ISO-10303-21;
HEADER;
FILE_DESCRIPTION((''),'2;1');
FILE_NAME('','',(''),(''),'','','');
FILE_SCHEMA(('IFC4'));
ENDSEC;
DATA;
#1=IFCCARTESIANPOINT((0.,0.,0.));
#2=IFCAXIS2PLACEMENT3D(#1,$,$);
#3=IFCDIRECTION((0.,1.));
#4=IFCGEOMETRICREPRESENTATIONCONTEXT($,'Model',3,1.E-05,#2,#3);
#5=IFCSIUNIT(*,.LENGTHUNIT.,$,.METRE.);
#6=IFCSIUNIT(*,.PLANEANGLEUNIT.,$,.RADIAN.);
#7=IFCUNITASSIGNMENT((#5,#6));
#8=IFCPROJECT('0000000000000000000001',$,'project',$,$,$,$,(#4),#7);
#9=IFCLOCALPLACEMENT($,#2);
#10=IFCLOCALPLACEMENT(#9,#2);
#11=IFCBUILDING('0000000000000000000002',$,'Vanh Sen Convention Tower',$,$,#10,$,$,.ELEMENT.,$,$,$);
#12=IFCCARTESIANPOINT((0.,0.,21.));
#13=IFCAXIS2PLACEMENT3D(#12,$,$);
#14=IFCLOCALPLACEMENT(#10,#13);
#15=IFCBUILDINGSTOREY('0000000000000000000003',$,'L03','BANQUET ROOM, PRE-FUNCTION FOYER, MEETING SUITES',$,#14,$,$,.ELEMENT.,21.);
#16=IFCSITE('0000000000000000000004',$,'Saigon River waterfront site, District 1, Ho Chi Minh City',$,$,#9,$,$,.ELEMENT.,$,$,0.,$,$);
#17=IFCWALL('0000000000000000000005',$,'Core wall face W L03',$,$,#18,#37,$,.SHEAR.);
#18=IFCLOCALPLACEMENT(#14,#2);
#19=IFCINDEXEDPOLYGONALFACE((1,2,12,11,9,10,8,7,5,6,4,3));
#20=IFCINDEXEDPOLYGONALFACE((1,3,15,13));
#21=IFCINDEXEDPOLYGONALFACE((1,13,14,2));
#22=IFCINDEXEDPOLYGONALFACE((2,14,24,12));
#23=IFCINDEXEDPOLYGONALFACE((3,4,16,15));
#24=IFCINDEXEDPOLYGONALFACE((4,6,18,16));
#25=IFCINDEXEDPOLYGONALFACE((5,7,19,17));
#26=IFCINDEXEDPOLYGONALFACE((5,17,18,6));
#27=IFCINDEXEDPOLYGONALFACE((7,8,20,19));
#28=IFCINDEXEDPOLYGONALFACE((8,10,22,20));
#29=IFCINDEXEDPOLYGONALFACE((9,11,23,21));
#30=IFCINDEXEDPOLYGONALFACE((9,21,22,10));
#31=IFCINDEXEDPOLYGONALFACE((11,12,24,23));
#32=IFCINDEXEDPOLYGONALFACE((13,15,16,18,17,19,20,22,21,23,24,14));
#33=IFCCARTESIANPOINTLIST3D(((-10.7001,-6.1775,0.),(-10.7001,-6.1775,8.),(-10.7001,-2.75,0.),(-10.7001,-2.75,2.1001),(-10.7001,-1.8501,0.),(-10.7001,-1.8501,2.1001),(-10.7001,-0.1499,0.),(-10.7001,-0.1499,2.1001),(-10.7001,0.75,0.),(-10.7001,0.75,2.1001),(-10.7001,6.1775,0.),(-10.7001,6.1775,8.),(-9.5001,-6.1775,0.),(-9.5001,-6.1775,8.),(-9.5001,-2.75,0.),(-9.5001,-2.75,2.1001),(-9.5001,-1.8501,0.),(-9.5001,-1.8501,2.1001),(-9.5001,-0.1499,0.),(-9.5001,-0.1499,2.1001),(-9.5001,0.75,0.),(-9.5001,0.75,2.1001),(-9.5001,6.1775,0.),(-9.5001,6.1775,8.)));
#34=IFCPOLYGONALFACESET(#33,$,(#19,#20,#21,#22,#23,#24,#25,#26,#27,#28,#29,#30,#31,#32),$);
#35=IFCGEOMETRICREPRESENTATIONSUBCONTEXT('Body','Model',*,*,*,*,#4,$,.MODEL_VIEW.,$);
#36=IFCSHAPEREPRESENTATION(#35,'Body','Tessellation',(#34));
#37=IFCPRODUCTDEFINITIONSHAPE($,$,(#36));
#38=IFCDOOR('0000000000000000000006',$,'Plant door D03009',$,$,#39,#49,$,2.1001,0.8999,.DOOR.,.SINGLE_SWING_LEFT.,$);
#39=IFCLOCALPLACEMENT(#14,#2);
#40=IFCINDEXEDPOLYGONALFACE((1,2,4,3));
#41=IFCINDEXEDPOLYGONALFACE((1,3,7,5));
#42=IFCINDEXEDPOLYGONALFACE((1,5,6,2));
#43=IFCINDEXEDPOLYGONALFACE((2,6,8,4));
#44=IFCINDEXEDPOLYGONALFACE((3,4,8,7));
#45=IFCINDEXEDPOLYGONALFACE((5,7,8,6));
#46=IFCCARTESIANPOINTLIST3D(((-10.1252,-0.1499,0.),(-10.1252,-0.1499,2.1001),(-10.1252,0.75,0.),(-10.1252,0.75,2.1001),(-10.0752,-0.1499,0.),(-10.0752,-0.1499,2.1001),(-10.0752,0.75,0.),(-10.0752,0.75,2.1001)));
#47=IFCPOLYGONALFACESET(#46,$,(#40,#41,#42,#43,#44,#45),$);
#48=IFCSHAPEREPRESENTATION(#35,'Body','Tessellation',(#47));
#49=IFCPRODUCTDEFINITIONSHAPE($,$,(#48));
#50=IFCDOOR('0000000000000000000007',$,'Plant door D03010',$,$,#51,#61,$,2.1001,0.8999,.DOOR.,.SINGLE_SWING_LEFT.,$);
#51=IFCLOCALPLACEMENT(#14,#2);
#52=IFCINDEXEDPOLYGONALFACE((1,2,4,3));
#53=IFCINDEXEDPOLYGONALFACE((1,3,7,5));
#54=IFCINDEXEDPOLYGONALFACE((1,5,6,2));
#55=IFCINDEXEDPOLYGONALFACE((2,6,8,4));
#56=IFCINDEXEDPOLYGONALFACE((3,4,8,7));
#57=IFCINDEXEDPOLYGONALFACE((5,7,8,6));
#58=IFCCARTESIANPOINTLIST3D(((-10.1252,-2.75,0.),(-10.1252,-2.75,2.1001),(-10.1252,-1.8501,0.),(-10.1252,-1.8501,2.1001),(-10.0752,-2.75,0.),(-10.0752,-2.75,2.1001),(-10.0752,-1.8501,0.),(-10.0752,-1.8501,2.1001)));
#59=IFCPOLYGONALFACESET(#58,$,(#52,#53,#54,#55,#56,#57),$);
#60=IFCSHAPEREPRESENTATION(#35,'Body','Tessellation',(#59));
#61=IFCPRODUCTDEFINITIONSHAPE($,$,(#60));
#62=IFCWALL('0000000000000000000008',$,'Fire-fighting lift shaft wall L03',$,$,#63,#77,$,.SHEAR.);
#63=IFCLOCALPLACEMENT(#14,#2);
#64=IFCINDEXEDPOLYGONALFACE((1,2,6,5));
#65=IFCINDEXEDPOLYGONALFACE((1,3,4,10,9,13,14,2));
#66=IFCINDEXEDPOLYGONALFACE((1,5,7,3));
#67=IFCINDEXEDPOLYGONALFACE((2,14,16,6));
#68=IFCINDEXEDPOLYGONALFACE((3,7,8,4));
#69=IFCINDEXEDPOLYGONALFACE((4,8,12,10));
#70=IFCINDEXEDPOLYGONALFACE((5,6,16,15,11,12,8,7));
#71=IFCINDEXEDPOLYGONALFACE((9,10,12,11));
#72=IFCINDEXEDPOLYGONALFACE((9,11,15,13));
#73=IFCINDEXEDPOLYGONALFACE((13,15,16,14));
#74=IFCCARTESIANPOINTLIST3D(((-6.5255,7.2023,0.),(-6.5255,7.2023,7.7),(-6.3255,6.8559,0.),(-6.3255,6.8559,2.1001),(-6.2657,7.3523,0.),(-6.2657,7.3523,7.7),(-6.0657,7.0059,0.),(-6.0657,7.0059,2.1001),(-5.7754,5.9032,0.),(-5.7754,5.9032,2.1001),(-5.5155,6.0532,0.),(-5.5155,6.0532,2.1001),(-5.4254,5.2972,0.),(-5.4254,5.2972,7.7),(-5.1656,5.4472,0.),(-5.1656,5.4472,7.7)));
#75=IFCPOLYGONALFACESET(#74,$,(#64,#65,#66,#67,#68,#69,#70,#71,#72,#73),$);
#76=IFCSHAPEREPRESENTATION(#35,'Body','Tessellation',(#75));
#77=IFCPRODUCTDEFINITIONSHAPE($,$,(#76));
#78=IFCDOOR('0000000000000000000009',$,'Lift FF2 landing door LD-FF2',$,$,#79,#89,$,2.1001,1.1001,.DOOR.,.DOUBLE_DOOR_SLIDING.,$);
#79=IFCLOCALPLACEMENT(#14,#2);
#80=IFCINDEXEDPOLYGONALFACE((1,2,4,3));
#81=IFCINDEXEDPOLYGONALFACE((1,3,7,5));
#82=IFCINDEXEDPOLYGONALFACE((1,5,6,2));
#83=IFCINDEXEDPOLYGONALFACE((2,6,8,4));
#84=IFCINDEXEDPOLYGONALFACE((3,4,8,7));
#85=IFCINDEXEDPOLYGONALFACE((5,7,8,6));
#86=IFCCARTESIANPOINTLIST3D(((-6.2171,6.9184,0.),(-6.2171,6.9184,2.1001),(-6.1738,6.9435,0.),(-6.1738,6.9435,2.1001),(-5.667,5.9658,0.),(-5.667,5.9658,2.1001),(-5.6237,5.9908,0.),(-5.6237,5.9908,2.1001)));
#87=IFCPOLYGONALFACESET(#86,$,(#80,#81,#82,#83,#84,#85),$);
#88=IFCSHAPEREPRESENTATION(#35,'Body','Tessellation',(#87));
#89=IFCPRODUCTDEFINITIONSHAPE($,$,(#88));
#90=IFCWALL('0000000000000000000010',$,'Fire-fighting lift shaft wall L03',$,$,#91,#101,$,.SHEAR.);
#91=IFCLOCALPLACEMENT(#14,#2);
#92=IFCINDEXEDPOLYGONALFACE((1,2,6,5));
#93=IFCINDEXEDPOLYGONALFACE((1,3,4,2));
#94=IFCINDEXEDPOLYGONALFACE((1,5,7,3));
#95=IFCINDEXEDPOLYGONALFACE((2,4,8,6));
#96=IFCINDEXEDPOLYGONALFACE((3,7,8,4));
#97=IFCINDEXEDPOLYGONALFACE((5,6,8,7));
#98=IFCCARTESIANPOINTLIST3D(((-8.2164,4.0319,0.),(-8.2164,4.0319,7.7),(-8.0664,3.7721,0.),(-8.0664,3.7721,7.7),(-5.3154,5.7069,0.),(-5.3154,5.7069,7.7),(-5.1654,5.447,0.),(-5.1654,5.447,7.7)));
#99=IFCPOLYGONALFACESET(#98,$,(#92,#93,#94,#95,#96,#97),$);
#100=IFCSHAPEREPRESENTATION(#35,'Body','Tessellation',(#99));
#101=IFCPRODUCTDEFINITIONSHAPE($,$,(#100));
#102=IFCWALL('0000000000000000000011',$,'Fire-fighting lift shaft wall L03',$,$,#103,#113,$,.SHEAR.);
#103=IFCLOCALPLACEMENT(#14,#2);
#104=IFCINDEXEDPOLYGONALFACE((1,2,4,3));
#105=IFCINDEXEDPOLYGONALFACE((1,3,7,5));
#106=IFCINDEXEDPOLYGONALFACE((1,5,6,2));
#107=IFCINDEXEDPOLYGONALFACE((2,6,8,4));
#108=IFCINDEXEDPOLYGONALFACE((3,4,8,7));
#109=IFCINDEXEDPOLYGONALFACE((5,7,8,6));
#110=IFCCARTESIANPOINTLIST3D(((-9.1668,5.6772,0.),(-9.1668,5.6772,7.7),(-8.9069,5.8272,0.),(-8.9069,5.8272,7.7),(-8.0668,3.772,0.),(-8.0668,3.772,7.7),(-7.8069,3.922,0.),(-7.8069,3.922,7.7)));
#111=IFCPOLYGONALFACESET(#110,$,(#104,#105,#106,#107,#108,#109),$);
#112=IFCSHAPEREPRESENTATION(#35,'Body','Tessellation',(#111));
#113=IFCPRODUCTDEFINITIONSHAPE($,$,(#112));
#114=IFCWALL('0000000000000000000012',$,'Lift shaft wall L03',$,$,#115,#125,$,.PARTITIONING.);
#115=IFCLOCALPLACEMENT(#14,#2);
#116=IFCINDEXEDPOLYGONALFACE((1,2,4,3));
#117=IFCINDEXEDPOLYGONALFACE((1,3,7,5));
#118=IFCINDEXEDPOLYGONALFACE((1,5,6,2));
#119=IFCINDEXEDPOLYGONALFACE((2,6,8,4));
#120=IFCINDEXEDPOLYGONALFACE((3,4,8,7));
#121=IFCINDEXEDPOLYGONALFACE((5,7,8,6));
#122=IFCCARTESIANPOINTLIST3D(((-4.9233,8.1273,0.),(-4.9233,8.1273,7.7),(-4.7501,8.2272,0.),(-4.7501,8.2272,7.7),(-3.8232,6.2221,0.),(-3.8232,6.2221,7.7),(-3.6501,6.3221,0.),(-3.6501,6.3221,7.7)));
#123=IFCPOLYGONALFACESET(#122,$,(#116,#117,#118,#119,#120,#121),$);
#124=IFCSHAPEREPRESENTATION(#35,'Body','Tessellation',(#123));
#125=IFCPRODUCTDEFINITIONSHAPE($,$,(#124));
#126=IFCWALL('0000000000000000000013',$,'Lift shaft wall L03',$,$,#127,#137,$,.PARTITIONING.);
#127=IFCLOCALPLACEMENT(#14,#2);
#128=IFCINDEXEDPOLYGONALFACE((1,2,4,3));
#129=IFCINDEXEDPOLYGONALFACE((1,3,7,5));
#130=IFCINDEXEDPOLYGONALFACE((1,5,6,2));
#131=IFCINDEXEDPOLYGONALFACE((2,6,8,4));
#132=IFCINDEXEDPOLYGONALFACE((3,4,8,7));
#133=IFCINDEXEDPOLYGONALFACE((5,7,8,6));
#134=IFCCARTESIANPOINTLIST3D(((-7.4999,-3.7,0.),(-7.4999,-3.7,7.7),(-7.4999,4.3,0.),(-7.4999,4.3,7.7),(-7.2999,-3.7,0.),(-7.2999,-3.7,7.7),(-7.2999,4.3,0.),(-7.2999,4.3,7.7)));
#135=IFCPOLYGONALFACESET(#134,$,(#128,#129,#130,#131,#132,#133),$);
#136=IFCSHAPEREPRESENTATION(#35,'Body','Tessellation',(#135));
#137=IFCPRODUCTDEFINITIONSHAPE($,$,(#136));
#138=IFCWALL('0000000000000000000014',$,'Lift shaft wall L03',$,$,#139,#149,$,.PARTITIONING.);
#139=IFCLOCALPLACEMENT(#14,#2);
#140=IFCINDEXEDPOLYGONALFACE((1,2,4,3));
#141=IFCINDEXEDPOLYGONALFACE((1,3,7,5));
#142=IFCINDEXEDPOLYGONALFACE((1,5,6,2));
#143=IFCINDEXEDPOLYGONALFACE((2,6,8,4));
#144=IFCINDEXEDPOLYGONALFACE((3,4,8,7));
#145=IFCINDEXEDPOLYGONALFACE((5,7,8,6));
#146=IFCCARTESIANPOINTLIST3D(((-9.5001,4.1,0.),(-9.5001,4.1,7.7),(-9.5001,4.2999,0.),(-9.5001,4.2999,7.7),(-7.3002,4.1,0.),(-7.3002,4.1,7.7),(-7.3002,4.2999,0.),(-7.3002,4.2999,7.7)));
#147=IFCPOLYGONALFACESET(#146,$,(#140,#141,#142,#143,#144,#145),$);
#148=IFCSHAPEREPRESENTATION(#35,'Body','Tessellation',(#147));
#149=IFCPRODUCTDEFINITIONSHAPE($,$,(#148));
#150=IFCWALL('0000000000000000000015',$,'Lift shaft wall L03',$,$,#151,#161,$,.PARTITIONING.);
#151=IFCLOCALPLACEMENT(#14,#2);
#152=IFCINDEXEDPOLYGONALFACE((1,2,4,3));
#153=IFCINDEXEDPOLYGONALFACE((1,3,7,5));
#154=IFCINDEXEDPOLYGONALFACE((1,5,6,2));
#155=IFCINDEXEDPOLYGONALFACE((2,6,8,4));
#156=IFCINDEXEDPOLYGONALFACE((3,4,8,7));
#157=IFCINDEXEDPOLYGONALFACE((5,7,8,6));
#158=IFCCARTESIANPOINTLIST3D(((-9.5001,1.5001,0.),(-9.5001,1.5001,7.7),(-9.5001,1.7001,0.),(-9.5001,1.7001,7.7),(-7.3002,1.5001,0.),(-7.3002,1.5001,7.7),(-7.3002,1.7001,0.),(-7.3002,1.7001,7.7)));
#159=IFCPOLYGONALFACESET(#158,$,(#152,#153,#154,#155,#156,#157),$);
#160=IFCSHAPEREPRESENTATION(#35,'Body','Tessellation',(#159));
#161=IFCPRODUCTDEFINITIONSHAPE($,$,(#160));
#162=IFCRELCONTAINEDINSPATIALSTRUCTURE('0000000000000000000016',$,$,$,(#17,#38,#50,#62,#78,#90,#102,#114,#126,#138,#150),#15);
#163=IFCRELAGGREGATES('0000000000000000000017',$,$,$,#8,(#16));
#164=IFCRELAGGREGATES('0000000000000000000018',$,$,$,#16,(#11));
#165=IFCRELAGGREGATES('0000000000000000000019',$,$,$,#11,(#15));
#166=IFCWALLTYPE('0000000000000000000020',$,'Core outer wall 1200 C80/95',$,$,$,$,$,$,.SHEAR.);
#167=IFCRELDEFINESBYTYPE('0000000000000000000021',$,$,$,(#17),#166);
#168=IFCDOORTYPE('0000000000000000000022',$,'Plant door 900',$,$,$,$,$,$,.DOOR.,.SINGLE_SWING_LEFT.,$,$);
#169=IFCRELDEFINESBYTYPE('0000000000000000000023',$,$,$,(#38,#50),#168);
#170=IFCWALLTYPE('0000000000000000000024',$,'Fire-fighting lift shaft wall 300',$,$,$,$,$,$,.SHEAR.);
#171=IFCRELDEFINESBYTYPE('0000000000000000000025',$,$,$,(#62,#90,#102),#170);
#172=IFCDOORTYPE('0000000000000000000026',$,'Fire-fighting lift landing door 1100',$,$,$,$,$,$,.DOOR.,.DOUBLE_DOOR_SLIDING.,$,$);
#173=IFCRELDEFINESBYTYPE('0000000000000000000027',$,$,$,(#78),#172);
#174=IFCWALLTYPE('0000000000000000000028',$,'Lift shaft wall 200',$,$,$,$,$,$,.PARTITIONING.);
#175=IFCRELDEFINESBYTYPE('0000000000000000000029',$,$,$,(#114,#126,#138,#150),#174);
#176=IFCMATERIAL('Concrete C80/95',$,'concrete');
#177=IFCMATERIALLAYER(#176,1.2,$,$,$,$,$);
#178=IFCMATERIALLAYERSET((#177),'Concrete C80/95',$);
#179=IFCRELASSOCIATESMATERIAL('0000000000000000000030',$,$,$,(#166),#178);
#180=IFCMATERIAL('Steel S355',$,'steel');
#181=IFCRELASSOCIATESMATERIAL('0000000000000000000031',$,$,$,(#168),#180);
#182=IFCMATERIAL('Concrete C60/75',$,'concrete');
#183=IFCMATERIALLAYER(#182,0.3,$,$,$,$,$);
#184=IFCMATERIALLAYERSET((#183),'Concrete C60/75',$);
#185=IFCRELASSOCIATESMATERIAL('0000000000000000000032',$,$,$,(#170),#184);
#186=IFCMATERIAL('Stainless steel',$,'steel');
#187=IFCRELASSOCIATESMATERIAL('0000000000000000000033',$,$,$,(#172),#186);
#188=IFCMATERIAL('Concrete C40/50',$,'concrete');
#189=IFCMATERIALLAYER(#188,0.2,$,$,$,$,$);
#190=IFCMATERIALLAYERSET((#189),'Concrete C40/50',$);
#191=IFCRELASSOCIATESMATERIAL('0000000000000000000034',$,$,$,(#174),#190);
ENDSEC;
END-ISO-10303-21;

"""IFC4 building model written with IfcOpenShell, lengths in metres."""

from ifc_helpers import new_model, si_unit, direction, frame, frame_2d, origin, place, context, subcontext, project, spatial, rectangle, extrude, material, layer, layer_set, type_object, element, fill, save


model = new_model("IFC4")

# Units and contexts
model_context = context("Model", 3, precision=1e-05, world=origin(), true_north=direction((0.0, 1.0)))
body_context = subcontext(model_context, "Body", "Model", "MODEL_VIEW")
ifc_project = project(units=[si_unit("LENGTHUNIT", "METRE"), si_unit("PLANEANGLEUNIT", "RADIAN")], contexts=[model_context])

# Site, building, storey
site_placement = place(None, origin())
site = spatial("IfcSite", under=ifc_project, at=site_placement, Name="Saigon River waterfront site, District 1, Ho Chi Minh City", CompositionType="ELEMENT", RefElevation=0.0)
building_placement = place(site_placement, origin())
building = spatial("IfcBuilding", under=site, at=building_placement, Name="Vanh Sen Convention Tower", CompositionType="ELEMENT")
storey_placement = place(building_placement, frame((0.0, 0.0, 21.0)))
storey = spatial("IfcBuildingStorey", under=building, at=storey_placement, Name="L03", Description="BANQUET ROOM, PRE-FUNCTION FOYER, MEETING SUITES", CompositionType="ELEMENT", Elevation=21.0)

# Wall, openings, doors
ifc_material_1 = material(Name="Concrete C80/95", Category="concrete")
ifc_layer_1 = layer(ifc_material_1, 1.2)
ifc_layer_set_1 = layer_set([ifc_layer_1], Name="Concrete C80/95")
wall_type_1 = type_object("IfcWallType", Name="Core outer wall 1200 C80/95", PredefinedType="SHEAR", material=ifc_layer_set_1)
wall_1_placement = place(storey_placement, frame((-10.1001, 6.1775, 0.0), z_axis=(0.0, 0.0, 1.0), x_axis=(0.0, -1.0, 0.0)))
wall_1 = element("IfcWall", 1, at=wall_1_placement, inside=storey, type_object=wall_type_1, Name="Core wall face W L03", PredefinedType="SHEAR", context=body_context, shape_type="SweptSolid", body=[
    extrude(rectangle(XDim=12.355, YDim=1.2, at=frame_2d((6.1775, 0.0))), origin(), (0.0, 0.0, 1.0), 8.0),
])
opening_1_placement = place(wall_1_placement, frame((5.4275, 0.0, 0.0)))
opening_1 = element("IfcOpeningElement", 2, at=opening_1_placement, cuts=wall_1, PredefinedType="OPENING", context=body_context, shape_type="SweptSolid", body=[
    extrude(rectangle(XDim=0.8999, YDim=2.1001, at=frame_2d((0.45, 1.05))), frame((0.0, 0.6099, 0.0), z_axis=(0.0, -1.0, 0.0), x_axis=(1.0, 0.0, 0.0)), (0.0, 0.0, 1.0), 1.22),
])
opening_2_placement = place(wall_1_placement, frame((8.0276, 0.0, 0.0)))
opening_2 = element("IfcOpeningElement", 3, at=opening_2_placement, cuts=wall_1, PredefinedType="OPENING", context=body_context, shape_type="SweptSolid", body=[
    extrude(rectangle(XDim=0.8999, YDim=2.1001, at=frame_2d((0.45, 1.05))), frame((0.0, 0.6099, 0.0), z_axis=(0.0, -1.0, 0.0), x_axis=(1.0, 0.0, 0.0)), (0.0, 0.0, 1.0), 1.22),
])
ifc_material_2 = material(Name="Steel S355", Category="steel")
door_type_1 = type_object("IfcDoorType", Name="Plant door 900", OperationType="SINGLE_SWING_LEFT", PredefinedType="DOOR", material=ifc_material_2)
door_1_placement = place(opening_1_placement, origin())
door_1 = element("IfcDoor", 4, at=door_1_placement, inside=storey, type_object=door_type_1, Name="Plant door D03009", OperationType="SINGLE_SWING_LEFT", OverallHeight=2.1001, OverallWidth=0.8999, PredefinedType="DOOR", context=body_context, shape_type="SweptSolid", body=[
    extrude(rectangle(XDim=0.8999, YDim=2.1001, at=frame_2d((0.45, 1.05))), frame((0.0, 0.0249, 0.0), z_axis=(0.0, -1.0, 0.0), x_axis=(1.0, 0.0, 0.0)), (0.0, 0.0, 1.0), 0.05),
])
fill(opening_1, door_1)
door_2_placement = place(opening_2_placement, origin())
door_2 = element("IfcDoor", 5, at=door_2_placement, inside=storey, type_object=door_type_1, Name="Plant door D03010", OperationType="SINGLE_SWING_LEFT", OverallHeight=2.1001, OverallWidth=0.8999, PredefinedType="DOOR", context=body_context, shape_type="SweptSolid", body=[
    extrude(rectangle(XDim=0.8999, YDim=2.1001, at=frame_2d((0.45, 1.05))), frame((0.0, 0.0249, 0.0), z_axis=(0.0, -1.0, 0.0), x_axis=(1.0, 0.0, 0.0)), (0.0, 0.0, 1.0), 0.05),
])
fill(opening_2, door_2)

# Wall, opening, door
ifc_material_3 = material(Name="Concrete C60/75", Category="concrete")
ifc_layer_2 = layer(ifc_material_3, 0.3)
ifc_layer_set_2 = layer_set([ifc_layer_2], Name="Concrete C60/75")
wall_type_2 = type_object("IfcWallType", Name="Fire-fighting lift shaft wall 300", PredefinedType="SHEAR", material=ifc_layer_set_2)
wall_2_placement = place(storey_placement, frame((-5.2954, 5.3721, 0.0), z_axis=(0.0, 0.0, 1.0), x_axis=(-0.500078, 0.86598, 0.0)))
wall_2 = element("IfcWall", 6, at=wall_2_placement, inside=storey, type_object=wall_type_2, Name="Fire-fighting lift shaft wall L03", PredefinedType="SHEAR", context=body_context, shape_type="SweptSolid", body=[
    extrude(rectangle(XDim=2.2, YDim=0.3, at=frame_2d((1.1001, 0.0))), origin(), (0.0, 0.0, 1.0), 7.7),
])
opening_3_placement = place(wall_2_placement, frame((0.7, 0.0, 0.0)))
opening_3 = element("IfcOpeningElement", 7, at=opening_3_placement, cuts=wall_2, PredefinedType="OPENING", context=body_context, shape_type="SweptSolid", body=[
    extrude(rectangle(XDim=1.1001, YDim=2.1001, at=frame_2d((0.55, 1.05))), frame((0.0, 0.1599, 0.0), z_axis=(0.0, -1.0, 0.0), x_axis=(1.0, 0.0, 0.0)), (0.0, 0.0, 1.0), 0.3201),
])
ifc_material_4 = material(Name="Stainless steel", Category="steel")
door_type_2 = type_object("IfcDoorType", Name="Fire-fighting lift landing door 1100", OperationType="DOUBLE_DOOR_SLIDING", PredefinedType="DOOR", material=ifc_material_4)
door_3_placement = place(opening_3_placement, origin())
door_3 = element("IfcDoor", 8, at=door_3_placement, inside=storey, type_object=door_type_2, Name="Lift FF2 landing door LD-FF2", OperationType="DOUBLE_DOOR_SLIDING", OverallHeight=2.1001, OverallWidth=1.1001, PredefinedType="DOOR", context=body_context, shape_type="SweptSolid", body=[
    extrude(rectangle(XDim=1.1001, YDim=2.1001, at=frame_2d((0.55, 1.05))), frame((0.0, 0.0249, 0.0), z_axis=(0.0, -1.0, 0.0), x_axis=(1.0, 0.0, 0.0)), (0.0, 0.0, 1.0), 0.05),
])
fill(opening_3, door_3)

# Walls
wall_3_placement = place(storey_placement, frame((-5.2405, 5.5769, 0.0), z_axis=(0.0, 0.0, 1.0), x_axis=(-0.866014, -0.500019, 0.0)))
element("IfcWall", 9, at=wall_3_placement, inside=storey, type_object=wall_type_2, Name="Fire-fighting lift shaft wall L03", PredefinedType="SHEAR", context=body_context, shape_type="SweptSolid", body=[
    extrude(rectangle(XDim=3.3499, YDim=0.3, at=frame_2d((1.6748, 0.0))), origin(), (0.0, 0.0, 1.0), 7.7),
])
wall_4_placement = place(storey_placement, frame((-7.9368, 3.8469, 0.0), z_axis=(0.0, 0.0, 1.0), x_axis=(-0.50003, 0.866008, 0.0)))
element("IfcWall", 10, at=wall_4_placement, inside=storey, type_object=wall_type_2, Name="Fire-fighting lift shaft wall L03", PredefinedType="SHEAR", context=body_context, shape_type="SweptSolid", body=[
    extrude(rectangle(XDim=2.2, YDim=0.3, at=frame_2d((1.1001, 0.0))), origin(), (0.0, 0.0, 1.0), 7.7),
])
ifc_material_5 = material(Name="Concrete C40/50", Category="concrete")
ifc_layer_3 = layer(ifc_material_5, 0.2)
ifc_layer_set_3 = layer_set([ifc_layer_3], Name="Concrete C40/50")
wall_type_3 = type_object("IfcWallType", Name="Lift shaft wall 200", PredefinedType="PARTITIONING", material=ifc_layer_set_3)
wall_5_placement = place(storey_placement, frame((-3.7366, 6.272, 0.0), z_axis=(0.0, 0.0, 1.0), x_axis=(-0.50003, 0.866008, 0.0)))
element("IfcWall", 11, at=wall_5_placement, inside=storey, type_object=wall_type_3, Name="Lift shaft wall L03", PredefinedType="PARTITIONING", context=body_context, shape_type="SweptSolid", body=[
    extrude(rectangle(XDim=2.2, YDim=0.2, at=frame_2d((1.1001, 0.0))), origin(), (0.0, 0.0, 1.0), 7.7),
])
wall_6_placement = place(storey_placement, frame((-7.3999, 4.3, 0.0), z_axis=(0.0, 0.0, 1.0), x_axis=(0.0, -1.0, 0.0)))
element("IfcWall", 12, at=wall_6_placement, inside=storey, type_object=wall_type_3, Name="Lift shaft wall L03", PredefinedType="PARTITIONING", context=body_context, shape_type="SweptSolid", body=[
    extrude(rectangle(XDim=8.0, YDim=0.2, at=frame_2d((4.0, 0.0))), origin(), (0.0, 0.0, 1.0), 7.7),
])
for number, where, z_axis, x_axis, name in (
    (13, (-7.3, 4.2, 0.0), (0.0, 0.0, 1.0), (-1.0, 0.0, 0.0), "Lift shaft wall L03"),
    (14, (-7.3, 1.6001, 0.0), (0.0, 0.0, 1.0), (-1.0, 0.0, 0.0), "Lift shaft wall L03"),
):
    element("IfcWall", number, at=place(storey_placement, frame(where, z_axis=z_axis, x_axis=x_axis)), inside=storey, type_object=wall_type_3, Name=name, PredefinedType="PARTITIONING", context=body_context, shape_type="SweptSolid", body=[
        extrude(rectangle(XDim=2.2, YDim=0.2, at=frame_2d((1.1001, 0.0))), origin(), (0.0, 0.0, 1.0), 7.7),
    ])

save(model, "model.ifc")
